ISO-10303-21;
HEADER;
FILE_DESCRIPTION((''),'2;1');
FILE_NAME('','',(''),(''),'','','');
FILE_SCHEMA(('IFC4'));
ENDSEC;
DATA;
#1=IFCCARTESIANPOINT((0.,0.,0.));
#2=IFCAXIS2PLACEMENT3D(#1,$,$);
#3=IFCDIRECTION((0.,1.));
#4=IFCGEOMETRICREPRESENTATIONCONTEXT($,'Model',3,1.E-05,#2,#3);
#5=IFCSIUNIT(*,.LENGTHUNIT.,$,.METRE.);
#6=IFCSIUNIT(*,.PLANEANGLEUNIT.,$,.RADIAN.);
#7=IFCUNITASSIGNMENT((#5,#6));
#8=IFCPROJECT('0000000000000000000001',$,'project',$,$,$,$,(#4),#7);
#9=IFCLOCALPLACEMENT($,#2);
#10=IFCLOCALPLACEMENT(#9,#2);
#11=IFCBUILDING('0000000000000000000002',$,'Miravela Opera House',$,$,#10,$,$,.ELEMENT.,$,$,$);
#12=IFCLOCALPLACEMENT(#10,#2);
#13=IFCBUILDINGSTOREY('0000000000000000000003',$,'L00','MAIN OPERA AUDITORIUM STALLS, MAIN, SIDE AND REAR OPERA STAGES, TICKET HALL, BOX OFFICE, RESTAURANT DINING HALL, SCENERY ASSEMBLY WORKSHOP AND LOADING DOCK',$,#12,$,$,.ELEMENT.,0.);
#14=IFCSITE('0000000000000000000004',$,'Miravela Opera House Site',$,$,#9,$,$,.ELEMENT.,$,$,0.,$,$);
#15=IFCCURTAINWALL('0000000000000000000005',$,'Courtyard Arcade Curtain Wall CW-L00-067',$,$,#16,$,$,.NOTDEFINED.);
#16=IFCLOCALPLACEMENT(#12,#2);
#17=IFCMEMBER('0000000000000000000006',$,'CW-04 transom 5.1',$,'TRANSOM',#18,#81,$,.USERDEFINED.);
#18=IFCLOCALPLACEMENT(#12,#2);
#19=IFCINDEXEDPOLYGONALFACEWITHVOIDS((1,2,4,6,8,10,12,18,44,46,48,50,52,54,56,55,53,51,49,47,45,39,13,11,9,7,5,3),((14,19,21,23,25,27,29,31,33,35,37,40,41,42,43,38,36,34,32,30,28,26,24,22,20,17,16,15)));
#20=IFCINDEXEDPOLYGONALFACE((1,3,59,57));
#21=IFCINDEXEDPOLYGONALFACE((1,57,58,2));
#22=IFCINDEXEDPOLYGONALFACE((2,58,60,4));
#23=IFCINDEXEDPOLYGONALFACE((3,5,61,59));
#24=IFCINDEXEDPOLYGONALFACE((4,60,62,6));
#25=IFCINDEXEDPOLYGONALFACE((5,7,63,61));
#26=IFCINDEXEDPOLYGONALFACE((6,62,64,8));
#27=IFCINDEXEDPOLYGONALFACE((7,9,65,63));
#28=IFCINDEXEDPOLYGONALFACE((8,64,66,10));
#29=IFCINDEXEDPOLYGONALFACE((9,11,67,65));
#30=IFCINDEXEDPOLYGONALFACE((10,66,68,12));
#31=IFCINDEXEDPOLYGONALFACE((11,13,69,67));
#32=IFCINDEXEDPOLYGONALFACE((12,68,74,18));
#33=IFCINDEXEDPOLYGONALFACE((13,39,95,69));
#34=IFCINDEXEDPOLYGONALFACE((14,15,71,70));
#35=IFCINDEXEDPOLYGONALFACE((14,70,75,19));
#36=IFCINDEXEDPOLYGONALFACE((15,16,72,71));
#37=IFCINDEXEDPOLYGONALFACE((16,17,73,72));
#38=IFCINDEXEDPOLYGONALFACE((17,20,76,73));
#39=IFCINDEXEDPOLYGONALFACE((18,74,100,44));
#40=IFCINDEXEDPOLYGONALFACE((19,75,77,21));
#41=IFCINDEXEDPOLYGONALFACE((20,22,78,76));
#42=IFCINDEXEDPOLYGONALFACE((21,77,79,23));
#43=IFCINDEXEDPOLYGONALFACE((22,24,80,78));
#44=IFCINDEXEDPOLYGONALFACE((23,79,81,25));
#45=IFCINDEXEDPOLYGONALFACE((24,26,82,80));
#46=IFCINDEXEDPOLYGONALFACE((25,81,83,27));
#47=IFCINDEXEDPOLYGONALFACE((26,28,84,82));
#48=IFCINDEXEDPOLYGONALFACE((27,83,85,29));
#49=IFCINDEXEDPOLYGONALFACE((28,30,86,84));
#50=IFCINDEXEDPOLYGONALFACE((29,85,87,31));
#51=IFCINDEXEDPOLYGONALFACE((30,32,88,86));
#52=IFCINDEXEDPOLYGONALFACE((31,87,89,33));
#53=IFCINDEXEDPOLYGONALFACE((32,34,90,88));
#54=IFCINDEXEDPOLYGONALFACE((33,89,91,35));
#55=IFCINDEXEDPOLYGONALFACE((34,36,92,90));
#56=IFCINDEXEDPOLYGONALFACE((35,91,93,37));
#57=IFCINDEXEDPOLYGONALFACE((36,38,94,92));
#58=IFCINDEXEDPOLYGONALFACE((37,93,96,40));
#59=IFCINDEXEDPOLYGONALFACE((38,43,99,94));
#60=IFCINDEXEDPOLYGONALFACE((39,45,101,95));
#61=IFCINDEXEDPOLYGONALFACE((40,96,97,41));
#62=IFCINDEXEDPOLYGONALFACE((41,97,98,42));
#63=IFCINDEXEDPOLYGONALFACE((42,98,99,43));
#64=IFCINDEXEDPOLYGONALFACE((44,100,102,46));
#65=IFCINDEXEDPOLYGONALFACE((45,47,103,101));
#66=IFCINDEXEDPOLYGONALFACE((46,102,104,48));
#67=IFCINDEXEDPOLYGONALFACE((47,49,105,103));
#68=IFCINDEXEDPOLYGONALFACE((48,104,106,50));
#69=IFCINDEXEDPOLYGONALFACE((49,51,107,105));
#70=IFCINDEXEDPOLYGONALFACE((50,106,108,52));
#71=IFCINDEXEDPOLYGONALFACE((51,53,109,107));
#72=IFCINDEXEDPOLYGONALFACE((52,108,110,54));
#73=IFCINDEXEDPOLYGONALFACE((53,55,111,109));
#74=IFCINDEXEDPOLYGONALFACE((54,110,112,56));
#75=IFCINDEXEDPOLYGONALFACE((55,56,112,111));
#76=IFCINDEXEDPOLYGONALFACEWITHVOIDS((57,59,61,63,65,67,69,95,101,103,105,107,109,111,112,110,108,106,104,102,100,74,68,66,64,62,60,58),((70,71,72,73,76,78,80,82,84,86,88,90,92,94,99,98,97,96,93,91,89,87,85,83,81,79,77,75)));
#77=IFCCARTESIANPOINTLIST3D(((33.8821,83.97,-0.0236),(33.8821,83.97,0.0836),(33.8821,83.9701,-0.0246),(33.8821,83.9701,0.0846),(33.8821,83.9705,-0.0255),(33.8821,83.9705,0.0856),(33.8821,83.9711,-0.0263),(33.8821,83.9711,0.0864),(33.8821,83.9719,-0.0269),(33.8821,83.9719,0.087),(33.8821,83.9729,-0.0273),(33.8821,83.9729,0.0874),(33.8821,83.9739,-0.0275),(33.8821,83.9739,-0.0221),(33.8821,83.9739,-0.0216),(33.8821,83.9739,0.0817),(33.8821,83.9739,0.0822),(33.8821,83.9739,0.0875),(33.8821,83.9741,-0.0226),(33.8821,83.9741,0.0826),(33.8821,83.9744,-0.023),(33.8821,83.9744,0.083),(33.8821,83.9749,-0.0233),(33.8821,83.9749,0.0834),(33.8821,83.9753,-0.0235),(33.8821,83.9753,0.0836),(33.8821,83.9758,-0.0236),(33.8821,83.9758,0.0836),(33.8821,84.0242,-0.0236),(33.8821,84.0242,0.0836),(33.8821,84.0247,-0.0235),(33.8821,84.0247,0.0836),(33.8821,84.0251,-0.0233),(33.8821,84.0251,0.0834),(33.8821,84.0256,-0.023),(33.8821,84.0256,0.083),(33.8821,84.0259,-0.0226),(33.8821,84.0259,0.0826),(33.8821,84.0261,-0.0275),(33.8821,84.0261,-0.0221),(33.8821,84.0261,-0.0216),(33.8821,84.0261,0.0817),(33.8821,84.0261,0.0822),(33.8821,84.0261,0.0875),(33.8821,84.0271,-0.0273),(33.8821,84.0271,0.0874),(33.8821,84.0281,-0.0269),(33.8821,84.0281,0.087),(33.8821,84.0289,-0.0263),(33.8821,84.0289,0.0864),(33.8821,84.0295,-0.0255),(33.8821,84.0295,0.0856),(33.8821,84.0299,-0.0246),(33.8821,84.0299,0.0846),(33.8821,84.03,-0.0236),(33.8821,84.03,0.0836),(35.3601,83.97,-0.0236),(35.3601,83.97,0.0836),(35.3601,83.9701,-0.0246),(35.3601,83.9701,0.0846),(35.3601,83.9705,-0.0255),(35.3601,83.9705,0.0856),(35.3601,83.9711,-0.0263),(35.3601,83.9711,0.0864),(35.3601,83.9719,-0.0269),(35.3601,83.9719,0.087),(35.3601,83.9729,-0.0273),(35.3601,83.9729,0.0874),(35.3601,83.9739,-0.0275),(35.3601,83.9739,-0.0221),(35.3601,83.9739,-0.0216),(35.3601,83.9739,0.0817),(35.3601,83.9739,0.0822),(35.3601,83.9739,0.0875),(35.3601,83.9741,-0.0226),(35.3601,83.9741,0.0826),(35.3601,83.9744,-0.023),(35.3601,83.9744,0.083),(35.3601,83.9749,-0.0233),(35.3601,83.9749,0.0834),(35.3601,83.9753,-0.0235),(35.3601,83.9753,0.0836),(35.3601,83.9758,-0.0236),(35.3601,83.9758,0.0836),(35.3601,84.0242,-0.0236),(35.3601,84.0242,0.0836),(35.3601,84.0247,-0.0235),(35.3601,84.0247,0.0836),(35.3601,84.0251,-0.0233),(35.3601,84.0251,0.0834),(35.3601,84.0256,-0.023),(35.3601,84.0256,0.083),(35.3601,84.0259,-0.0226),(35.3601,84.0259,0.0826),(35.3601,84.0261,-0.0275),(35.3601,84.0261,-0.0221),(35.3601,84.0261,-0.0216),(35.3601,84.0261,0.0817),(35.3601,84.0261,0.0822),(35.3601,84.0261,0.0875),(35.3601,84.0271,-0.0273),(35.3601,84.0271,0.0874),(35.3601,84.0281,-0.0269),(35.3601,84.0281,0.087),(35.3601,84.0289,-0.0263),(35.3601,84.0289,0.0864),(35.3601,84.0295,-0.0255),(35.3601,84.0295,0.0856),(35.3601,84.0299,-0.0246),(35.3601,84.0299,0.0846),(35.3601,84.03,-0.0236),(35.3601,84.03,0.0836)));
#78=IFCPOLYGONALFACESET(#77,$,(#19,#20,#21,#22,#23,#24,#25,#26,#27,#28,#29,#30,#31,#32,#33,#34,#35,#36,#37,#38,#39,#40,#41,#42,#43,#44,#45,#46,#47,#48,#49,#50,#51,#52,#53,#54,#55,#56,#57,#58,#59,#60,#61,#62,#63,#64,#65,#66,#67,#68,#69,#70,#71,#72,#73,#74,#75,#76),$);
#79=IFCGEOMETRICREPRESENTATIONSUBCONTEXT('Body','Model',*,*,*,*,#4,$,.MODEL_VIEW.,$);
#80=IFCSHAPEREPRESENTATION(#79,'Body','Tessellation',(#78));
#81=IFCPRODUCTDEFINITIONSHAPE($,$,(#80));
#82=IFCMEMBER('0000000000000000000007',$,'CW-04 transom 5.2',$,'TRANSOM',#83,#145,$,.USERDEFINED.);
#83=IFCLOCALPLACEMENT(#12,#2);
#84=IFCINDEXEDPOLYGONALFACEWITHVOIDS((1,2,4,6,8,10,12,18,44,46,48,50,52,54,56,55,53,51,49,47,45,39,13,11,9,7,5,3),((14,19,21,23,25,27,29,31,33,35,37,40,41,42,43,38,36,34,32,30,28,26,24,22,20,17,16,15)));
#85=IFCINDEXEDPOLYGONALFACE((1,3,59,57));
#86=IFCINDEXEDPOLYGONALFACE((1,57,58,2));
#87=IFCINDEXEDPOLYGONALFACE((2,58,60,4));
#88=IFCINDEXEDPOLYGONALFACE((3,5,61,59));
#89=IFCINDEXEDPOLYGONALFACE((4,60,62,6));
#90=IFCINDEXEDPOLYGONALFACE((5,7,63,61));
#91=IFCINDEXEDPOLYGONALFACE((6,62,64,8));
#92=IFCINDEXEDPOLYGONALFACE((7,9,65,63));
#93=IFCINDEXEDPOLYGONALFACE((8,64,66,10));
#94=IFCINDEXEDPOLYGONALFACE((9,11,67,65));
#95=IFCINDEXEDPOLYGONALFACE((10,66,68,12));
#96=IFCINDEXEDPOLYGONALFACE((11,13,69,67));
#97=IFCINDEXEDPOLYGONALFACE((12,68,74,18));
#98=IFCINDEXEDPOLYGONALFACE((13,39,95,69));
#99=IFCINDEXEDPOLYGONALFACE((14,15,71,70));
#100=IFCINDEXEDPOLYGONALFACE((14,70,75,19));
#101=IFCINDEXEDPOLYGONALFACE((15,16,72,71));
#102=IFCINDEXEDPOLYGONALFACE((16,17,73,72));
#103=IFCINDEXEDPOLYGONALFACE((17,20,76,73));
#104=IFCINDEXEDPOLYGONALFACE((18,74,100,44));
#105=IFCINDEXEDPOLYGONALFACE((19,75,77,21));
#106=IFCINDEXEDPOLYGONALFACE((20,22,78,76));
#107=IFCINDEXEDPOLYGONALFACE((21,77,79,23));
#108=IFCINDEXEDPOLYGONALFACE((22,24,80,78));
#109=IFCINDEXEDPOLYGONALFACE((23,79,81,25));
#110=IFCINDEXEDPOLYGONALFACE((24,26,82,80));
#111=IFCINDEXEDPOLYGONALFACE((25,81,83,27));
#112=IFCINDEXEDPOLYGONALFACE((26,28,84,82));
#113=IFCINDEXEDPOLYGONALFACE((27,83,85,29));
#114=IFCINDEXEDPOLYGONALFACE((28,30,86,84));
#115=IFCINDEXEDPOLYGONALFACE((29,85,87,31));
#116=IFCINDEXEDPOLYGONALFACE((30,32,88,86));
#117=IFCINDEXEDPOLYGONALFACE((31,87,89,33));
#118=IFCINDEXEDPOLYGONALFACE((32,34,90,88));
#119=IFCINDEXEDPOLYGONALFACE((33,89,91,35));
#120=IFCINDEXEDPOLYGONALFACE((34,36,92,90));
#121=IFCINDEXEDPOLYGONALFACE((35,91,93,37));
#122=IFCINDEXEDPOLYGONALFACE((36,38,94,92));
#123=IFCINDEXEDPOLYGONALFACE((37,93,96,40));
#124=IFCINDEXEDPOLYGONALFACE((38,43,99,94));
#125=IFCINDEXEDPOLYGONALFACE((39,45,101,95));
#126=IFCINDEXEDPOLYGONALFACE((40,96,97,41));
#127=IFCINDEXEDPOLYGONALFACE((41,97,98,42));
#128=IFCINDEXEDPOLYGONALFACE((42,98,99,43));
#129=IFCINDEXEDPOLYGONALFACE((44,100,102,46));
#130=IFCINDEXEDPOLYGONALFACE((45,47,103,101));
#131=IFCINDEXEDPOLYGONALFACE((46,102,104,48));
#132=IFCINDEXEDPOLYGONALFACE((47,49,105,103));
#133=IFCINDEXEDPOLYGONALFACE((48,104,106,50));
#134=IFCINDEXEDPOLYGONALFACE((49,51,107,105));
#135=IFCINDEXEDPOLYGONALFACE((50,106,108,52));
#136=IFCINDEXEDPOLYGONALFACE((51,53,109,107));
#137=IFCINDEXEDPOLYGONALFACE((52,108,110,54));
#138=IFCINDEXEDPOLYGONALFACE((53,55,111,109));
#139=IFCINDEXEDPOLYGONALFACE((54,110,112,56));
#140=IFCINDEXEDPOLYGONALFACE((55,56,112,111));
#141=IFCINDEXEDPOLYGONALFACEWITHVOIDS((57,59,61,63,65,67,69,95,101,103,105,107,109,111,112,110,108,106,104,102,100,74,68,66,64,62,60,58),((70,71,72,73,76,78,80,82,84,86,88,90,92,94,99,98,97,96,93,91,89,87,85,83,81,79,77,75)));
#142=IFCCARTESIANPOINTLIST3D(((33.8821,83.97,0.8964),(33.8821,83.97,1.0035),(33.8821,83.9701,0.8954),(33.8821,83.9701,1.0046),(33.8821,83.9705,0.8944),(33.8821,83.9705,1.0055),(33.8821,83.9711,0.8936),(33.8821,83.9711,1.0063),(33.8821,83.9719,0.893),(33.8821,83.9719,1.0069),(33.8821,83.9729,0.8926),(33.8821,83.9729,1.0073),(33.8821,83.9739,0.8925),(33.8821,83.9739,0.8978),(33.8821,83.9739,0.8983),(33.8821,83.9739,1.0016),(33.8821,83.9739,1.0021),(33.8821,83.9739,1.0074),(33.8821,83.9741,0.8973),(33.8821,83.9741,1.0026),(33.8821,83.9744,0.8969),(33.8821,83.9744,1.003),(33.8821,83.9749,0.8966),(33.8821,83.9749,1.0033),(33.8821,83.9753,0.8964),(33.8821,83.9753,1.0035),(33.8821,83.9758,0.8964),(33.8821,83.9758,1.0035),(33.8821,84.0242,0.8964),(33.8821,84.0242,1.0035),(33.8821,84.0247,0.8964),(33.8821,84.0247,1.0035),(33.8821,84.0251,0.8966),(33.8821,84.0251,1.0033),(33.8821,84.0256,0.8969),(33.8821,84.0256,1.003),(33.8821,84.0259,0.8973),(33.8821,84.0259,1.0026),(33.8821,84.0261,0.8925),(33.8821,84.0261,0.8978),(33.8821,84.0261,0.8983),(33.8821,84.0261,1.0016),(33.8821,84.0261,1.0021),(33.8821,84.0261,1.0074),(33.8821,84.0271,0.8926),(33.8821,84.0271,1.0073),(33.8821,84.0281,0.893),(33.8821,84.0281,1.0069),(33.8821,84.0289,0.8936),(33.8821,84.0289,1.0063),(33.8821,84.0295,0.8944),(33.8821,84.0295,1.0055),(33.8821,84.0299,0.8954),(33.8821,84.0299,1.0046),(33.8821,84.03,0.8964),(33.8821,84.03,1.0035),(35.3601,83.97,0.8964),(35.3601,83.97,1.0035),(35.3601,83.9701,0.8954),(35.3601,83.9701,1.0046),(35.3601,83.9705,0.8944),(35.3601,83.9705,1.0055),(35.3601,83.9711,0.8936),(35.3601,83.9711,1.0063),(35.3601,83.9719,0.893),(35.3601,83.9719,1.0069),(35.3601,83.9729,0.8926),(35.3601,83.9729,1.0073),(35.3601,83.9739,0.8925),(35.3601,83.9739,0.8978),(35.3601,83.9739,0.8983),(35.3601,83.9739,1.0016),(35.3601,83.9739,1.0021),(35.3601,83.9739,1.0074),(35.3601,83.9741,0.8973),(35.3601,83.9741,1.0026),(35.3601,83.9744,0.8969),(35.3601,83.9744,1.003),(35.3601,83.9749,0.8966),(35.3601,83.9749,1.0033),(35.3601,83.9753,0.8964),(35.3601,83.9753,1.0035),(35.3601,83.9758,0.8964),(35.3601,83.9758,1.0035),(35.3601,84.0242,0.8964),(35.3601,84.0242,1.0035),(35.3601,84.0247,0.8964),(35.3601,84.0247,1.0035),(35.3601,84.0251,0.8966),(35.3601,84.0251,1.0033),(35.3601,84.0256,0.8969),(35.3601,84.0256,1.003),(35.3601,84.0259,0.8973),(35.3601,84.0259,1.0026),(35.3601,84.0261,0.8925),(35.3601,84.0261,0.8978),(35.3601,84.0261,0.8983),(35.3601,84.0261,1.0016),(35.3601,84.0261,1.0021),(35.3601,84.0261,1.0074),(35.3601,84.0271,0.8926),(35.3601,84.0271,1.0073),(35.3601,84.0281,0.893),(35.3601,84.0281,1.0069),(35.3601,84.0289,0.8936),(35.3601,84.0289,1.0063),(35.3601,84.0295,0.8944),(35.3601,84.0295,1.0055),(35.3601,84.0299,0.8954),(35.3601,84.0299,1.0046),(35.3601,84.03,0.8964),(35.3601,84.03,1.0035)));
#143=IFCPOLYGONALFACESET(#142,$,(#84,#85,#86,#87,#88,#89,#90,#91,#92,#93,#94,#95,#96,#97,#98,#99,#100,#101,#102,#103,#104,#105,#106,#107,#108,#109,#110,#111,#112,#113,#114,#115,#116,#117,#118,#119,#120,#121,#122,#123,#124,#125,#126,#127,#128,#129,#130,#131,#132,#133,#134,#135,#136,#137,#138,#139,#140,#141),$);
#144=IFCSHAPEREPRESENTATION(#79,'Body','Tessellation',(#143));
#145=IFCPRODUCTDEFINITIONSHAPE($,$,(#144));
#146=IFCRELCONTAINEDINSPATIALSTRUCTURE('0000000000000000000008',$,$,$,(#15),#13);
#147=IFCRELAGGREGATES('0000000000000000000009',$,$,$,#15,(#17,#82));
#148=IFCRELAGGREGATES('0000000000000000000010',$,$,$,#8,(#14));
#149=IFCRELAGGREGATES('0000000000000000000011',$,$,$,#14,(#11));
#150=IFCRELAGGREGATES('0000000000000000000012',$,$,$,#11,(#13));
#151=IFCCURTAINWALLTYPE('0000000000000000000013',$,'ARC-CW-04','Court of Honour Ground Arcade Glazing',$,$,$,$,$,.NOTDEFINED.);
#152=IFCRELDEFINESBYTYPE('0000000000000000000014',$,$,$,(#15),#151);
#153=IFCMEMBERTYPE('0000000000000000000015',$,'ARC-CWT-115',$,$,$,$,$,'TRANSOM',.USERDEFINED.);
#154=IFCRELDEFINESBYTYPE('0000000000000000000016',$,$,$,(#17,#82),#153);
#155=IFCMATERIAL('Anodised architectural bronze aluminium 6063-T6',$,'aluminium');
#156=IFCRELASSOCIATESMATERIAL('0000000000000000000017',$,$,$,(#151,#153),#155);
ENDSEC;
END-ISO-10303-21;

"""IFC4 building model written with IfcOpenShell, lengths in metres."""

from ifc_helpers import new_model, si_unit, direction, frame, origin, origin_2d, place, context, subcontext, project, spatial, hollow_rectangle, extrude, material, material_profile, profile_set, type_object, element, aggregate, save


model = new_model("IFC4")

# Units and contexts
model_context = context("Model", 3, precision=1e-05, world=origin(), true_north=direction((0.0, 1.0)))
body_context = subcontext(model_context, "Body", "Model", "MODEL_VIEW")
ifc_project = project(units=[si_unit("LENGTHUNIT", "METRE"), si_unit("PLANEANGLEUNIT", "RADIAN")], contexts=[model_context])

# Site, building, storey
site_placement = place(None, origin())
site = spatial("IfcSite", under=ifc_project, at=site_placement, Name="Miravela Opera House Site", CompositionType="ELEMENT", RefElevation=0.0)
building_placement = place(site_placement, origin())
building = spatial("IfcBuilding", under=site, at=building_placement, Name="Miravela Opera House", CompositionType="ELEMENT")
storey_placement = place(building_placement, origin())
storey = spatial("IfcBuildingStorey", under=building, at=storey_placement, Name="L00", Description="MAIN OPERA AUDITORIUM STALLS, MAIN, SIDE AND REAR OPERA STAGES, TICKET HALL, BOX OFFICE, RESTAURANT DINING HALL, SCENERY ASSEMBLY WORKSHOP AND LOADING DOCK", CompositionType="ELEMENT", Elevation=0.0)

# Curtain wall, members
ifc_material_1 = material(Name="Anodised architectural bronze aluminium 6063-T6", Category="aluminium")
curtain_wall_type = type_object("IfcCurtainWallType", Name="ARC-CW-04", Description="Court of Honour Ground Arcade Glazing", PredefinedType="NOTDEFINED", material=ifc_material_1)
curtain_wall_placement = place(storey_placement, origin())
curtain_wall = element("IfcCurtainWall", 1, at=curtain_wall_placement, inside=storey, type_object=curtain_wall_type, Name="Courtyard Arcade Curtain Wall CW-L00-067", PredefinedType="NOTDEFINED")
ifc_material_profile_1 = material_profile(ifc_material_1, hollow_rectangle(XDim=0.0601, YDim=0.115, WallThickness=0.0039, InnerFilletRadius=0.002, OuterFilletRadius=0.0039, at=origin_2d()), Name="CWT-60X115")
ifc_profile_set_1 = profile_set([ifc_material_profile_1])
member_type_1 = type_object("IfcMemberType", Name="ARC-CWT-115", ElementType="TRANSOM", PredefinedType="USERDEFINED", material=ifc_profile_set_1)
member_1_placement = place(storey_placement, frame((33.8821, 84.0, 0.03), z_axis=(1.0, 0.0, 0.0), x_axis=(0.0, 1.0, 0.0)))
member_1 = element("IfcMember", 2, at=member_1_placement, type_object=member_type_1, Name="CW-04 transom 5.1", ObjectType="TRANSOM", PredefinedType="USERDEFINED", context=body_context, shape_type="SweptSolid", body=[
    extrude(hollow_rectangle(XDim=0.0601, YDim=0.115, WallThickness=0.0039, InnerFilletRadius=0.002, OuterFilletRadius=0.0039, at=origin_2d()), origin(), (0.0, 0.0, 1.0), 1.478),
])
member_2_placement = place(storey_placement, frame((33.8821, 84.0, 0.95), z_axis=(1.0, 0.0, 0.0), x_axis=(0.0, 1.0, 0.0)))
member_2 = element("IfcMember", 3, at=member_2_placement, type_object=member_type_1, Name="CW-04 transom 5.2", ObjectType="TRANSOM", PredefinedType="USERDEFINED", context=body_context, shape_type="SweptSolid", body=[
    extrude(hollow_rectangle(XDim=0.0601, YDim=0.115, WallThickness=0.0039, InnerFilletRadius=0.002, OuterFilletRadius=0.0039, at=origin_2d()), origin(), (0.0, 0.0, 1.0), 1.478),
])
aggregate(curtain_wall, [member_1, member_2])

save(model, "model.ifc")
